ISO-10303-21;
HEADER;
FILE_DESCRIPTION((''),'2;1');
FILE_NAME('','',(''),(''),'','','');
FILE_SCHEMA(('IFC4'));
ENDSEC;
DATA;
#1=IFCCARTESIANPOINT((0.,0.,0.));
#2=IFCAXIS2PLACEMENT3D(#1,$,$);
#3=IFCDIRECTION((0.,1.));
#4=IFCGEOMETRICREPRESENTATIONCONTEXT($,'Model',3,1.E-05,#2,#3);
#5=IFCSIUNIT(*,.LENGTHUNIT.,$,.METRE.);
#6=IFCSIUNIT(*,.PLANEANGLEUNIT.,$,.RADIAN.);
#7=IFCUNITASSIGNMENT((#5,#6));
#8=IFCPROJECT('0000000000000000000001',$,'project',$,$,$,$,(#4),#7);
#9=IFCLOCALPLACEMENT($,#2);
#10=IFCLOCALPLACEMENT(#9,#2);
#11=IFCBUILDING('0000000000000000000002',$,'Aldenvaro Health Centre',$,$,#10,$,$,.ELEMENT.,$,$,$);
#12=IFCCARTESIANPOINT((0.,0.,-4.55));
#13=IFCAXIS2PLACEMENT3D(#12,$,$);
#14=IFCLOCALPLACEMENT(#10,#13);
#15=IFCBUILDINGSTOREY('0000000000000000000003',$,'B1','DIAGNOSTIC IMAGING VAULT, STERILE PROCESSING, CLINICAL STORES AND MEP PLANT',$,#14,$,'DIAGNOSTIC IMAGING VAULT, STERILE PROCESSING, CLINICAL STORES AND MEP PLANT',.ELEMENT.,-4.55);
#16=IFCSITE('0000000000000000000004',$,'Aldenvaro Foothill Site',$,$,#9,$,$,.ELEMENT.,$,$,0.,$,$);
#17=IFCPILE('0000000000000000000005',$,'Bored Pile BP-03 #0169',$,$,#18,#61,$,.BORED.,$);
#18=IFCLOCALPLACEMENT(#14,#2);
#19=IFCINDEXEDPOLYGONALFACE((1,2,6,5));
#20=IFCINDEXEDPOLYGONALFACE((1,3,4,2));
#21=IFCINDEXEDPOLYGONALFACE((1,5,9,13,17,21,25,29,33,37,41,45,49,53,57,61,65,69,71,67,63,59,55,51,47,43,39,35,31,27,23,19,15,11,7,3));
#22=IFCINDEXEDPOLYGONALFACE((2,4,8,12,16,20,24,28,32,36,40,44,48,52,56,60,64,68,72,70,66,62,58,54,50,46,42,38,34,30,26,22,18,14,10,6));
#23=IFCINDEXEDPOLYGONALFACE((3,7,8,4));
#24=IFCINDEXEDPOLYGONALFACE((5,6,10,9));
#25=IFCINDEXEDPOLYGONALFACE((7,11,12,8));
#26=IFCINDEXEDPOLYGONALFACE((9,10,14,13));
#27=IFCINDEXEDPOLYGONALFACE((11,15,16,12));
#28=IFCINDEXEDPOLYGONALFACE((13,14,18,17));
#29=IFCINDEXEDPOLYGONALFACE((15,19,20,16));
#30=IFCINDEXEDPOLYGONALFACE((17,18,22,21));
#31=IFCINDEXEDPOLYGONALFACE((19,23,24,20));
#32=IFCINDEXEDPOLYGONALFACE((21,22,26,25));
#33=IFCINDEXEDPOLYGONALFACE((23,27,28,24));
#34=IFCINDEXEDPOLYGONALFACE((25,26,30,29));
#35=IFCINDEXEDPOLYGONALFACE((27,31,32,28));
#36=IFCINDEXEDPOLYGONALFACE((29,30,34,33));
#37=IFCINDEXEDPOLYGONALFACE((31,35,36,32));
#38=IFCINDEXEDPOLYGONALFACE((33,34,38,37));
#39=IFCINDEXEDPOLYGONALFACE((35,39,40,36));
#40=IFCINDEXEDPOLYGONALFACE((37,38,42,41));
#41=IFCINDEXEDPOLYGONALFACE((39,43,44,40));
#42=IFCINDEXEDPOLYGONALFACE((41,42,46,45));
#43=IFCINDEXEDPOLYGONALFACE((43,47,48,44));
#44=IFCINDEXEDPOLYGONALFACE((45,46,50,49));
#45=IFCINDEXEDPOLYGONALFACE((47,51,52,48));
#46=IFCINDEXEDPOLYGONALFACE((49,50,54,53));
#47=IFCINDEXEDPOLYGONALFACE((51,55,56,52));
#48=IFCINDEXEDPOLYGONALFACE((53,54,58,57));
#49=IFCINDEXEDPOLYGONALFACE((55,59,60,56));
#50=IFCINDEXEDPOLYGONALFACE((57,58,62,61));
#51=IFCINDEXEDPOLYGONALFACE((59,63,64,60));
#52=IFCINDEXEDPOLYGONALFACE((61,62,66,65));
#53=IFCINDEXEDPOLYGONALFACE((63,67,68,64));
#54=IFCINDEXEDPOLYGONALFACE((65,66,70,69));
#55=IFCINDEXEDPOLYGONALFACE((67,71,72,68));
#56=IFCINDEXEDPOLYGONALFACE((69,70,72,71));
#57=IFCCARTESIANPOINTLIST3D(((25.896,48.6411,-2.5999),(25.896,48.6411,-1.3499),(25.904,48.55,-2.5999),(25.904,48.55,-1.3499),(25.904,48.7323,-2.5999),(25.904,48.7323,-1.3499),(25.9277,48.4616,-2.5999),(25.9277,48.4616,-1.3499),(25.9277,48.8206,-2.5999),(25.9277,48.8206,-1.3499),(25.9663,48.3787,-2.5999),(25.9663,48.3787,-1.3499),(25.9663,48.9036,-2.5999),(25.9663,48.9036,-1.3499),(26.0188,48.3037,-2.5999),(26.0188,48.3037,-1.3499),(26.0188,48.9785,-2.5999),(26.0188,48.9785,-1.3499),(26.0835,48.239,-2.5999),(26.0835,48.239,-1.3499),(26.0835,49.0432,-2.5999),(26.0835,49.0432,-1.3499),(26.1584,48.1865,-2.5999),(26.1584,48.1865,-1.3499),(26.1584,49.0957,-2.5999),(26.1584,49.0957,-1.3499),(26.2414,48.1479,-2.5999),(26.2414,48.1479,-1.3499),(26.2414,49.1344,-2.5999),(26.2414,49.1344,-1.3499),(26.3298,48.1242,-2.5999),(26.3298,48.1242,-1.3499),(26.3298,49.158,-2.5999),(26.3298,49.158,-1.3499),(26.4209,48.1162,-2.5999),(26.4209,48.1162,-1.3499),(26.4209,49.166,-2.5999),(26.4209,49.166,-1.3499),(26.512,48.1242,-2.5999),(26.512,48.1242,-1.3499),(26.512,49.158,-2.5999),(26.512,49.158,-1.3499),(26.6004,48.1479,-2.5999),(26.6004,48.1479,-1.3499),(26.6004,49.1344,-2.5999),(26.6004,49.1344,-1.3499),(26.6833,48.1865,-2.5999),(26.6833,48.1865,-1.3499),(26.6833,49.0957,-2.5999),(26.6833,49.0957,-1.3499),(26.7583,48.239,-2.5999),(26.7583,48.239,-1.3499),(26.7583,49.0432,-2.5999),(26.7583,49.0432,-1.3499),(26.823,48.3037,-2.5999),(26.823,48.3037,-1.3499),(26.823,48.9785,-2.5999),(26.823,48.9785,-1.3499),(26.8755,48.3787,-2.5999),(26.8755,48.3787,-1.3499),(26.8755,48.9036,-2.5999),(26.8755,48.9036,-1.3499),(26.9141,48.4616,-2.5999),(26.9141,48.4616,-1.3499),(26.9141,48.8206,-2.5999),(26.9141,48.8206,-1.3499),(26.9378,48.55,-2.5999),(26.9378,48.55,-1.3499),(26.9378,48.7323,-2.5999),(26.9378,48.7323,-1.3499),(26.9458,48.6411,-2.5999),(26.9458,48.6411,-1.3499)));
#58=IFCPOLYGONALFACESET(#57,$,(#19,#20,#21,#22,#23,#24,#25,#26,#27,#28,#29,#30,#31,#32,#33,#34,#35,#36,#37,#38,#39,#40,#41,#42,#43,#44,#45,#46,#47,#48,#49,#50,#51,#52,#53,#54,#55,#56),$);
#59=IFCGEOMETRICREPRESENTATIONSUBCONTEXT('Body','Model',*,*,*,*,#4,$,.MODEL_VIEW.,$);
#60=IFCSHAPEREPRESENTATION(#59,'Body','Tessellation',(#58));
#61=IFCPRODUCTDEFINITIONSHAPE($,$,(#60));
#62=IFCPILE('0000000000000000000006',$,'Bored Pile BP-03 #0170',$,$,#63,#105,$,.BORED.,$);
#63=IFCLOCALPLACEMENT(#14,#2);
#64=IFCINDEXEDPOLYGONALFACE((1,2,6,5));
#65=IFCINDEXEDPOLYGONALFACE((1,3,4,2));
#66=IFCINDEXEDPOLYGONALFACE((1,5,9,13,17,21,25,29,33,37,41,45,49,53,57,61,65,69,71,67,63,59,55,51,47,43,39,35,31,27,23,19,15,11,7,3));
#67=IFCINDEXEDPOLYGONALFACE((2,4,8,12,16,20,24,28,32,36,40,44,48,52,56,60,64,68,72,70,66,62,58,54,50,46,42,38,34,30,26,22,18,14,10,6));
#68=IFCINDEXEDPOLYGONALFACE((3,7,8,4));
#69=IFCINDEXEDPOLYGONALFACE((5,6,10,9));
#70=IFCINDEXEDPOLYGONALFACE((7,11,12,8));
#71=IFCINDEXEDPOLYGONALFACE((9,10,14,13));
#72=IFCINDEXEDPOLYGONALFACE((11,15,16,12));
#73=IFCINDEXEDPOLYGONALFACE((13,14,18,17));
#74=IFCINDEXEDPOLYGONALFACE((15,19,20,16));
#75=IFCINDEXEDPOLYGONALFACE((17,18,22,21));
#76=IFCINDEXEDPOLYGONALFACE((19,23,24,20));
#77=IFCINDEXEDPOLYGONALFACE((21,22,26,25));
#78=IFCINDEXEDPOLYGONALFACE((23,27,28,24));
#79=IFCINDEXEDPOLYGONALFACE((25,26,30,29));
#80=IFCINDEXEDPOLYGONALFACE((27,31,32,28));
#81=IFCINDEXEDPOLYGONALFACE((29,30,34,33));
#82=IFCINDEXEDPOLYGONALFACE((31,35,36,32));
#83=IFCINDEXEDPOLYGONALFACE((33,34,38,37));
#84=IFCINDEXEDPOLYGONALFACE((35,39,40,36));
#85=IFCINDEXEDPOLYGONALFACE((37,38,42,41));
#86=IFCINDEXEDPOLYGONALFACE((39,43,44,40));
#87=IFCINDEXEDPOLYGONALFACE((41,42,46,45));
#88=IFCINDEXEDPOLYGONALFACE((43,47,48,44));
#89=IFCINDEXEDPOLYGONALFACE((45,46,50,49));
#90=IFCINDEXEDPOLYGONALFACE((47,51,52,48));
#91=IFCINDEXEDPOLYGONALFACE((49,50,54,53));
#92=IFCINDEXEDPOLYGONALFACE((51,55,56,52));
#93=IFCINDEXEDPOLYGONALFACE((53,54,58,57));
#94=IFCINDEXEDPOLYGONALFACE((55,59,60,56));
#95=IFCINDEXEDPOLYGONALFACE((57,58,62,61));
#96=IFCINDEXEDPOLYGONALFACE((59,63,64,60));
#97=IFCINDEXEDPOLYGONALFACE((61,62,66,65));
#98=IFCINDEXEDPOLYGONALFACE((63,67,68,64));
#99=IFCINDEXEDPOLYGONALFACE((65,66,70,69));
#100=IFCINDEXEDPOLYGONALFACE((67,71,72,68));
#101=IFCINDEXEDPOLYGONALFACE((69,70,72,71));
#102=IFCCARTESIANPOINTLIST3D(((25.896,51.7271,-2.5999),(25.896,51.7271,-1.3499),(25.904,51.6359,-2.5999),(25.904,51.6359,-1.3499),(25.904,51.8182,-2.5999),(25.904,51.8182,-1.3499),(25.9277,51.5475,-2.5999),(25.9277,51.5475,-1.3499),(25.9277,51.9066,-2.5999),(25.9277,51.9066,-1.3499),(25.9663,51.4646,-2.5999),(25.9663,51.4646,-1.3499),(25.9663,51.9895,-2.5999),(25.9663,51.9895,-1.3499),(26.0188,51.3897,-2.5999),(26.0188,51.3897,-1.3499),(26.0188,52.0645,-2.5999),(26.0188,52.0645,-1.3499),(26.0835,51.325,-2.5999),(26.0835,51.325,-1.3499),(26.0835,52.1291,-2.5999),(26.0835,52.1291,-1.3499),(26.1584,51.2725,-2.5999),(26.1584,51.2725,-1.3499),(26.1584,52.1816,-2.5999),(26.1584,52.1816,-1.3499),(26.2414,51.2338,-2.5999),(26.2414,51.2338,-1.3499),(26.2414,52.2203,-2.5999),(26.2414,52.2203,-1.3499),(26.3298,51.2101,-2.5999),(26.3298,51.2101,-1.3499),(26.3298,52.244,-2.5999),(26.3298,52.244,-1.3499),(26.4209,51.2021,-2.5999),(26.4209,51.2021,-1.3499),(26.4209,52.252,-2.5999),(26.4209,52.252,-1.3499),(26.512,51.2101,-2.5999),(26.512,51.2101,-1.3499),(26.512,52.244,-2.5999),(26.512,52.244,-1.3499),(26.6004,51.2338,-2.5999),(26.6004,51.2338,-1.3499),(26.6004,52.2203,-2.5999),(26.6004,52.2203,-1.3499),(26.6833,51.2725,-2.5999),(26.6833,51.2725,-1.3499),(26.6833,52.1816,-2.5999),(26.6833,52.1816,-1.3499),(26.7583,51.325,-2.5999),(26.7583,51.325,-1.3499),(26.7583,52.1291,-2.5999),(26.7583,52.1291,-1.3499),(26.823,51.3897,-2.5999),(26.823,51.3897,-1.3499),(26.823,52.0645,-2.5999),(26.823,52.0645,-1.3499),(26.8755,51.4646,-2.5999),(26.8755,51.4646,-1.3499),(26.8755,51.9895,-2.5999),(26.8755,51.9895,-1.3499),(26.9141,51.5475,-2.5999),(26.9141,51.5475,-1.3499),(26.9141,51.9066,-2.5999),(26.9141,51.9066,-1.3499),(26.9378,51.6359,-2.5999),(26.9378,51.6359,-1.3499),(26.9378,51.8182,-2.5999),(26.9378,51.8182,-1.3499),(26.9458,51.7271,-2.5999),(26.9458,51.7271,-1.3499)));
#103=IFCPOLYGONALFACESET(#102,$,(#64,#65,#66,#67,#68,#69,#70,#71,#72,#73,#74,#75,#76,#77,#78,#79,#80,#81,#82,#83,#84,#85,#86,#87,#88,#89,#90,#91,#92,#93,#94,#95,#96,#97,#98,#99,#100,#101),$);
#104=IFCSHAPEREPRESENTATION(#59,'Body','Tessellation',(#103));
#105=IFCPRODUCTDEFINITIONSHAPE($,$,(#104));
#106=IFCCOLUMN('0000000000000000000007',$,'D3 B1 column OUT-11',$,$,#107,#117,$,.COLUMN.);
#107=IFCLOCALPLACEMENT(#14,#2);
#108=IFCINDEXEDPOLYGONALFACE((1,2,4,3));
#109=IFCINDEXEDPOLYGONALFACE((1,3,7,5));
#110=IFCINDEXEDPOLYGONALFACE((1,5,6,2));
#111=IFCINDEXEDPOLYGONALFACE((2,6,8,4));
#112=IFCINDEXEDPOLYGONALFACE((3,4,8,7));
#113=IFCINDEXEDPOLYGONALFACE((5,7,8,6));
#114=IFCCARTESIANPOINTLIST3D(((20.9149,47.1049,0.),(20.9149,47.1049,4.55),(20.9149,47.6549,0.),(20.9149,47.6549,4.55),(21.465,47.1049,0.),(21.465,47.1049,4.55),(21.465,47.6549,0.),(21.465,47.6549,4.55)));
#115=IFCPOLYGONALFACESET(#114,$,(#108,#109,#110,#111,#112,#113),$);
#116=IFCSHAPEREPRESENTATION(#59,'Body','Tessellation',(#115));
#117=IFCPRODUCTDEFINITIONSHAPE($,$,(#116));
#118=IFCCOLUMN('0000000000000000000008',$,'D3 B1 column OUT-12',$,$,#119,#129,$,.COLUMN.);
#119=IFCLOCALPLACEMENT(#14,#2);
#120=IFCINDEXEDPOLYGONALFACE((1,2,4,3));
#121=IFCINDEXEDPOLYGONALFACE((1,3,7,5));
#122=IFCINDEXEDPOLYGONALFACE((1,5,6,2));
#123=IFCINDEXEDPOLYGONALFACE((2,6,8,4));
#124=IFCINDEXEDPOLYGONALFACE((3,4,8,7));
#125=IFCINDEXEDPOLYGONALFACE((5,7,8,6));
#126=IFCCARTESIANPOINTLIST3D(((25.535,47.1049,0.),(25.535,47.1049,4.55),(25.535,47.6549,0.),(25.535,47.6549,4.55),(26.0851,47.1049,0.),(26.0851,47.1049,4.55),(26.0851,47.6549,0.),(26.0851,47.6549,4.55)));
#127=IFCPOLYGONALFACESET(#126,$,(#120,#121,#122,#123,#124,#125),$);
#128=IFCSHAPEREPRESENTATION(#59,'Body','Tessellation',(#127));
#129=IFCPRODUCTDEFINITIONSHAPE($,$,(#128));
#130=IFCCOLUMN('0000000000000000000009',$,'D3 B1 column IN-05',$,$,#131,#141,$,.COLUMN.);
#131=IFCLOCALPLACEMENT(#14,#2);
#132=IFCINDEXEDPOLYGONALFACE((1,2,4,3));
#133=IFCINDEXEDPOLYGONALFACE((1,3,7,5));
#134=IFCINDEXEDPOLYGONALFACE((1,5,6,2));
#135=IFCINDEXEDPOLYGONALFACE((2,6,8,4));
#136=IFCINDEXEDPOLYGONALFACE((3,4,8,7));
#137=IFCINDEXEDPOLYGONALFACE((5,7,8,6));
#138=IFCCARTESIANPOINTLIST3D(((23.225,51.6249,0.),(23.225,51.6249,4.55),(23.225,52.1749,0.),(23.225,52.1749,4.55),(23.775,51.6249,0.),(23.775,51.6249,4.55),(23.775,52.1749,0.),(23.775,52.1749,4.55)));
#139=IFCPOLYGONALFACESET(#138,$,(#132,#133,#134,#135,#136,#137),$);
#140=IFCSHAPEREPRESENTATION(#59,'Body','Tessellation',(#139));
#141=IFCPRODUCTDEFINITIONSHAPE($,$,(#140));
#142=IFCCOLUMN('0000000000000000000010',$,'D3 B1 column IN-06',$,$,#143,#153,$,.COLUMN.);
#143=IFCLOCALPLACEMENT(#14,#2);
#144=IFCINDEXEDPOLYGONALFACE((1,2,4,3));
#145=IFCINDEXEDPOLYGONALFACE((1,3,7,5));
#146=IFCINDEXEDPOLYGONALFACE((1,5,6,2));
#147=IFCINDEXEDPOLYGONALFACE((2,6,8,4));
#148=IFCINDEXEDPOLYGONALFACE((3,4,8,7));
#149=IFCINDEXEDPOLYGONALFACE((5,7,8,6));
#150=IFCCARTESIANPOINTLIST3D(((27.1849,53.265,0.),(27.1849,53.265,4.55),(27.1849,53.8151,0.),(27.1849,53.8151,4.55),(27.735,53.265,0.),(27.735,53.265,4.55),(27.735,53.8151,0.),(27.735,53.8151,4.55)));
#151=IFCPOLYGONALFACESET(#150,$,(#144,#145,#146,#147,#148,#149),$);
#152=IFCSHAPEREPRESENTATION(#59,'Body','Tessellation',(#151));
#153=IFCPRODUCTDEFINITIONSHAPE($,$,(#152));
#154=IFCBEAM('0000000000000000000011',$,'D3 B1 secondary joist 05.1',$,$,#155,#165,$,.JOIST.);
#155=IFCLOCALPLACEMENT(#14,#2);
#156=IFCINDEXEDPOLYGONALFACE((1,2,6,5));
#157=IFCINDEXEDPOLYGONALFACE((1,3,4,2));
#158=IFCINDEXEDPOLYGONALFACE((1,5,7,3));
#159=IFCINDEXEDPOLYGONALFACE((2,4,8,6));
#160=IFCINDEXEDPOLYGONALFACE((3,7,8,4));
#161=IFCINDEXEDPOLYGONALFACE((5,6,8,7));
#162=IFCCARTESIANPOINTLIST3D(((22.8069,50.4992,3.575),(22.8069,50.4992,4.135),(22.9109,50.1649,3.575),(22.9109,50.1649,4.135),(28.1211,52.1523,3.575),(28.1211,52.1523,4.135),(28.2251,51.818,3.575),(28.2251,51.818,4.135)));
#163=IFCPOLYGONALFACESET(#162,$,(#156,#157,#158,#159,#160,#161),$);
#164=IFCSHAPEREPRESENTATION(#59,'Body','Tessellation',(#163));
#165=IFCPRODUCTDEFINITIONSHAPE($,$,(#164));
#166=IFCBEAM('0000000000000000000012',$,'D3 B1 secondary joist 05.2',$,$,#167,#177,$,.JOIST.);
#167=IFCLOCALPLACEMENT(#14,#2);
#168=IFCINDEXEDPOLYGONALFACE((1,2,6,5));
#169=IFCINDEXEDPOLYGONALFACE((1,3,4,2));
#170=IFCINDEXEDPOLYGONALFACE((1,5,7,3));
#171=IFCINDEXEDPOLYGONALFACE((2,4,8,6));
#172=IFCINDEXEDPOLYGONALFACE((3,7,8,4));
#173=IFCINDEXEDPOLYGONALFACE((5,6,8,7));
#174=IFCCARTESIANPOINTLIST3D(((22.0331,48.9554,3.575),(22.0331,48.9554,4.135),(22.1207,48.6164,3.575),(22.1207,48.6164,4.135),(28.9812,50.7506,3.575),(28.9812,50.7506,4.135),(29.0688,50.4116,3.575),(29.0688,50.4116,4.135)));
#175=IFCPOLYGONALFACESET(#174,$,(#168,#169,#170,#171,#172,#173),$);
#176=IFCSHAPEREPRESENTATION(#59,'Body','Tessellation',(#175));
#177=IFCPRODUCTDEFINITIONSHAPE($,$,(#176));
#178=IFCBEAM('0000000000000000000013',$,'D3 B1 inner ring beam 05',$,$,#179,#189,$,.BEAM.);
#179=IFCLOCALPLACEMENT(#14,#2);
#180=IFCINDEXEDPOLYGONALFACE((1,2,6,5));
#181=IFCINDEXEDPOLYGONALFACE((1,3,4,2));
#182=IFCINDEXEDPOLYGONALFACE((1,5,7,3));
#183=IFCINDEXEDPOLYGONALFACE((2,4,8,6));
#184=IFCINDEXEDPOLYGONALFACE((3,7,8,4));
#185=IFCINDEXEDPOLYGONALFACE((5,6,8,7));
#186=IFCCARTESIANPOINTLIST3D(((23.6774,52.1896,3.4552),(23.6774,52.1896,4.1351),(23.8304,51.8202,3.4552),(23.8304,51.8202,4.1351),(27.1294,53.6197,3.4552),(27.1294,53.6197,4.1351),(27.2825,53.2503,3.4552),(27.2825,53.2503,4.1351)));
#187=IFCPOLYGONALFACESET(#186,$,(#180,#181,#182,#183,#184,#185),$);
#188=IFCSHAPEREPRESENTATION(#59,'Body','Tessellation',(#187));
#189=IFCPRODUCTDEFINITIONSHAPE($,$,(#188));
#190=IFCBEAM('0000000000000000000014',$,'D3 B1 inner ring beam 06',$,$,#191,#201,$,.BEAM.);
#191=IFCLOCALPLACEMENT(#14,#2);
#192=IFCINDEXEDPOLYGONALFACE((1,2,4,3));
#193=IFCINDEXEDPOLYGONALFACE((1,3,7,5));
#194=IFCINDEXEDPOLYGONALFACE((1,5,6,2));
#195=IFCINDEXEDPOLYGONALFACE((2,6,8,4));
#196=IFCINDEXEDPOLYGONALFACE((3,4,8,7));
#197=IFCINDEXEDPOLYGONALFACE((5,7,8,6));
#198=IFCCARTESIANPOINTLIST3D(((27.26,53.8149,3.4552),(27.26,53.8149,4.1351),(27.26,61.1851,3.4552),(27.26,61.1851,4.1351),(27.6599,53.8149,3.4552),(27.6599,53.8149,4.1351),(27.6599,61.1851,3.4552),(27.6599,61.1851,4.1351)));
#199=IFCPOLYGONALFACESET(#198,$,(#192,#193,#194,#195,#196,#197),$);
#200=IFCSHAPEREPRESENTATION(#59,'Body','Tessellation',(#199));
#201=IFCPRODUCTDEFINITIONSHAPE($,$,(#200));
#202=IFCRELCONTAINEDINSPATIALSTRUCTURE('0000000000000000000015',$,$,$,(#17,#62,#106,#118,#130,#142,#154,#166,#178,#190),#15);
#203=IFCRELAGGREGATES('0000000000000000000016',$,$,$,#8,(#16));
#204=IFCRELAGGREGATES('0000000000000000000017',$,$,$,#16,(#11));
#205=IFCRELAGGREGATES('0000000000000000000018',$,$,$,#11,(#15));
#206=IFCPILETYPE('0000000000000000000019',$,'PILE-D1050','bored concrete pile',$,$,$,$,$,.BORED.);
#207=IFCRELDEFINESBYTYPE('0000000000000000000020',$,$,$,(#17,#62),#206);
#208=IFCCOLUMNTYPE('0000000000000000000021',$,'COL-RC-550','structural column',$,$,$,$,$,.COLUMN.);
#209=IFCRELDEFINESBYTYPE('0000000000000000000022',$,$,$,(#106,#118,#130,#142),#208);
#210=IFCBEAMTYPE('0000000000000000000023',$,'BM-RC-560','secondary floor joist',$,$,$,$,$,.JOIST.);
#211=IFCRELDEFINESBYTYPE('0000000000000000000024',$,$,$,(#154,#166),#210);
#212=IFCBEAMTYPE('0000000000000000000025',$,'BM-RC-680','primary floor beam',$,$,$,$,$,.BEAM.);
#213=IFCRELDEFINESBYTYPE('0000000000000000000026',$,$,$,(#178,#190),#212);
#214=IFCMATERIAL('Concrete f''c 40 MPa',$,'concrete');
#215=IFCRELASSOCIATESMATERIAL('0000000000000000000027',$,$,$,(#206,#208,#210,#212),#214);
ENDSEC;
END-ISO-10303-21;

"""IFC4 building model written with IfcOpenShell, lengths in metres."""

from ifc_helpers import new_model, si_unit, direction, frame, origin, origin_2d, place, context, subcontext, project, spatial, rectangle, circle, extrude, material, material_profile, profile_set, type_object, element, save


model = new_model("IFC4")

# Units and contexts
model_context = context("Model", 3, precision=1e-05, world=origin(), true_north=direction((0.0, 1.0)))
body_context = subcontext(model_context, "Body", "Model", "MODEL_VIEW")
ifc_project = project(units=[si_unit("LENGTHUNIT", "METRE"), si_unit("PLANEANGLEUNIT", "RADIAN")], contexts=[model_context])

# Site, building, storey
site_placement = place(None, origin())
site = spatial("IfcSite", under=ifc_project, at=site_placement, Name="Aldenvaro Foothill Site", CompositionType="ELEMENT", RefElevation=0.0)
building_placement = place(site_placement, origin())
building = spatial("IfcBuilding", under=site, at=building_placement, Name="Aldenvaro Health Centre", CompositionType="ELEMENT")
storey_placement = place(building_placement, frame((0.0, 0.0, -4.55)))
storey = spatial("IfcBuildingStorey", under=building, at=storey_placement, Name="B1", Description="DIAGNOSTIC IMAGING VAULT, STERILE PROCESSING, CLINICAL STORES AND MEP PLANT", LongName="DIAGNOSTIC IMAGING VAULT, STERILE PROCESSING, CLINICAL STORES AND MEP PLANT", CompositionType="ELEMENT", Elevation=-4.55)

# Piles
ifc_material_1 = material(Name="Concrete f'c 40 MPa", Category="concrete")
ifc_material_profile_1 = material_profile(ifc_material_1, circle(Radius=0.5249, at=origin_2d()), Name="PILE D1050", Category="concrete")
ifc_profile_set_1 = profile_set([ifc_material_profile_1], Name="Concrete f'c 40 MPa")
pile_type = type_object("IfcPileType", Name="PILE-D1050", Description="bored concrete pile", PredefinedType="BORED", material=ifc_profile_set_1)
for number, where, z_axis, x_axis, name in (
    (1, (26.4209, 48.6411, -1.3499), (0.0, 0.0, -1.0), (1.0, 0.0, 0.0), "Bored Pile BP-03 #0169"),
    (2, (26.4209, 51.7271, -1.3499), (0.0, 0.0, -1.0), (1.0, 0.0, 0.0), "Bored Pile BP-03 #0170"),
):
    element("IfcPile", number, at=place(storey_placement, frame(where, z_axis=z_axis, x_axis=x_axis)), inside=storey, type_object=pile_type, Name=name, PredefinedType="BORED", context=body_context, shape_type="SweptSolid", body=[
        extrude(circle(Radius=0.5249, at=origin_2d()), origin(), (0.0, 0.0, 1.0), 1.25),
    ])

# Columns
ifc_material_profile_2 = material_profile(ifc_material_1, rectangle(XDim=0.55, YDim=0.55, at=origin_2d()), Name="RC 550x550", Category="concrete")
ifc_profile_set_2 = profile_set([ifc_material_profile_2], Name="Concrete f'c 40 MPa")
column_type = type_object("IfcColumnType", Name="COL-RC-550", Description="structural column", PredefinedType="COLUMN", material=ifc_profile_set_2)
for number, where, z_axis, x_axis, name in (
    (3, (21.1899, 47.3799, 0.0), (0.0, 0.0, 1.0), (1.0, 0.0, 0.0), "D3 B1 column OUT-11"),
    (4, (25.8101, 47.3799, 0.0), (0.0, 0.0, 1.0), (1.0, 0.0, 0.0), "D3 B1 column OUT-12"),
    (5, (23.5, 51.8999, 0.0), (0.0, 0.0, 1.0), (1.0, 0.0, 0.0), "D3 B1 column IN-05"),
    (6, (27.46, 53.54, 0.0), (0.0, 0.0, 1.0), (1.0, 0.0, 0.0), "D3 B1 column IN-06"),
):
    element("IfcColumn", number, at=place(storey_placement, frame(where, z_axis=z_axis, x_axis=x_axis)), inside=storey, type_object=column_type, Name=name, PredefinedType="COLUMN", context=body_context, shape_type="SweptSolid", body=[
        extrude(rectangle(XDim=0.55, YDim=0.55, at=origin_2d()), origin(), (0.0, 0.0, 1.0), 4.55),
    ])

# Beams
ifc_material_profile_3 = material_profile(ifc_material_1, rectangle(XDim=0.3501, YDim=0.5601, at=origin_2d()), Name="RC 350x560", Category="concrete")
ifc_profile_set_3 = profile_set([ifc_material_profile_3], Name="Concrete f'c 40 MPa")
beam_type_1 = type_object("IfcBeamType", Name="BM-RC-560", Description="secondary floor joist", PredefinedType="JOIST", material=ifc_profile_set_3)
beam_1_placement = place(storey_placement, frame((22.8589, 50.332, 3.855), z_axis=(0.954869, 0.297028, 0.0), x_axis=(-0.297028, 0.954869, 0.0)))
element("IfcBeam", 7, at=beam_1_placement, inside=storey, type_object=beam_type_1, Name="D3 B1 secondary joist 05.1", PredefinedType="JOIST", context=body_context, shape_type="SweptSolid", body=[
    extrude(rectangle(XDim=0.3501, YDim=0.5601, at=origin_2d()), origin(), (0.0, 0.0, 1.0), 5.5654),
])
beam_2_placement = place(storey_placement, frame((22.0769, 48.7859, 3.855), z_axis=(0.968205, 0.250157, 0.0), x_axis=(-0.250157, 0.968205, 0.0)))
element("IfcBeam", 8, at=beam_2_placement, inside=storey, type_object=beam_type_1, Name="D3 B1 secondary joist 05.2", PredefinedType="JOIST", context=body_context, shape_type="SweptSolid", body=[
    extrude(rectangle(XDim=0.3501, YDim=0.5601, at=origin_2d()), origin(), (0.0, 0.0, 1.0), 7.1763),
])
ifc_material_profile_4 = material_profile(ifc_material_1, rectangle(XDim=0.3999, YDim=0.6799, at=origin_2d()), Name="RC 400x680", Category="concrete")
ifc_profile_set_4 = profile_set([ifc_material_profile_4], Name="Concrete f'c 40 MPa")
beam_type_2 = type_object("IfcBeamType", Name="BM-RC-680", Description="primary floor beam", PredefinedType="BEAM", material=ifc_profile_set_4)
beam_3_placement = place(storey_placement, frame((23.7539, 52.0049, 3.7952), z_axis=(0.923856, 0.38274, 0.0), x_axis=(-0.38274, 0.923856, 0.0)))
element("IfcBeam", 9, at=beam_3_placement, inside=storey, type_object=beam_type_2, Name="D3 B1 inner ring beam 05", PredefinedType="BEAM", context=body_context, shape_type="SweptSolid", body=[
    extrude(rectangle(XDim=0.3999, YDim=0.6799, at=origin_2d()), origin(), (0.0, 0.0, 1.0), 3.7366),
])
beam_4_placement = place(storey_placement, frame((27.46, 53.8149, 3.7952), z_axis=(0.0, 1.0, 0.0), x_axis=(-1.0, 0.0, 0.0)))
element("IfcBeam", 10, at=beam_4_placement, inside=storey, type_object=beam_type_2, Name="D3 B1 inner ring beam 06", PredefinedType="BEAM", context=body_context, shape_type="SweptSolid", body=[
    extrude(rectangle(XDim=0.3999, YDim=0.6799, at=origin_2d()), origin(), (0.0, 0.0, 1.0), 7.3701),
])

save(model, "model.ifc")
